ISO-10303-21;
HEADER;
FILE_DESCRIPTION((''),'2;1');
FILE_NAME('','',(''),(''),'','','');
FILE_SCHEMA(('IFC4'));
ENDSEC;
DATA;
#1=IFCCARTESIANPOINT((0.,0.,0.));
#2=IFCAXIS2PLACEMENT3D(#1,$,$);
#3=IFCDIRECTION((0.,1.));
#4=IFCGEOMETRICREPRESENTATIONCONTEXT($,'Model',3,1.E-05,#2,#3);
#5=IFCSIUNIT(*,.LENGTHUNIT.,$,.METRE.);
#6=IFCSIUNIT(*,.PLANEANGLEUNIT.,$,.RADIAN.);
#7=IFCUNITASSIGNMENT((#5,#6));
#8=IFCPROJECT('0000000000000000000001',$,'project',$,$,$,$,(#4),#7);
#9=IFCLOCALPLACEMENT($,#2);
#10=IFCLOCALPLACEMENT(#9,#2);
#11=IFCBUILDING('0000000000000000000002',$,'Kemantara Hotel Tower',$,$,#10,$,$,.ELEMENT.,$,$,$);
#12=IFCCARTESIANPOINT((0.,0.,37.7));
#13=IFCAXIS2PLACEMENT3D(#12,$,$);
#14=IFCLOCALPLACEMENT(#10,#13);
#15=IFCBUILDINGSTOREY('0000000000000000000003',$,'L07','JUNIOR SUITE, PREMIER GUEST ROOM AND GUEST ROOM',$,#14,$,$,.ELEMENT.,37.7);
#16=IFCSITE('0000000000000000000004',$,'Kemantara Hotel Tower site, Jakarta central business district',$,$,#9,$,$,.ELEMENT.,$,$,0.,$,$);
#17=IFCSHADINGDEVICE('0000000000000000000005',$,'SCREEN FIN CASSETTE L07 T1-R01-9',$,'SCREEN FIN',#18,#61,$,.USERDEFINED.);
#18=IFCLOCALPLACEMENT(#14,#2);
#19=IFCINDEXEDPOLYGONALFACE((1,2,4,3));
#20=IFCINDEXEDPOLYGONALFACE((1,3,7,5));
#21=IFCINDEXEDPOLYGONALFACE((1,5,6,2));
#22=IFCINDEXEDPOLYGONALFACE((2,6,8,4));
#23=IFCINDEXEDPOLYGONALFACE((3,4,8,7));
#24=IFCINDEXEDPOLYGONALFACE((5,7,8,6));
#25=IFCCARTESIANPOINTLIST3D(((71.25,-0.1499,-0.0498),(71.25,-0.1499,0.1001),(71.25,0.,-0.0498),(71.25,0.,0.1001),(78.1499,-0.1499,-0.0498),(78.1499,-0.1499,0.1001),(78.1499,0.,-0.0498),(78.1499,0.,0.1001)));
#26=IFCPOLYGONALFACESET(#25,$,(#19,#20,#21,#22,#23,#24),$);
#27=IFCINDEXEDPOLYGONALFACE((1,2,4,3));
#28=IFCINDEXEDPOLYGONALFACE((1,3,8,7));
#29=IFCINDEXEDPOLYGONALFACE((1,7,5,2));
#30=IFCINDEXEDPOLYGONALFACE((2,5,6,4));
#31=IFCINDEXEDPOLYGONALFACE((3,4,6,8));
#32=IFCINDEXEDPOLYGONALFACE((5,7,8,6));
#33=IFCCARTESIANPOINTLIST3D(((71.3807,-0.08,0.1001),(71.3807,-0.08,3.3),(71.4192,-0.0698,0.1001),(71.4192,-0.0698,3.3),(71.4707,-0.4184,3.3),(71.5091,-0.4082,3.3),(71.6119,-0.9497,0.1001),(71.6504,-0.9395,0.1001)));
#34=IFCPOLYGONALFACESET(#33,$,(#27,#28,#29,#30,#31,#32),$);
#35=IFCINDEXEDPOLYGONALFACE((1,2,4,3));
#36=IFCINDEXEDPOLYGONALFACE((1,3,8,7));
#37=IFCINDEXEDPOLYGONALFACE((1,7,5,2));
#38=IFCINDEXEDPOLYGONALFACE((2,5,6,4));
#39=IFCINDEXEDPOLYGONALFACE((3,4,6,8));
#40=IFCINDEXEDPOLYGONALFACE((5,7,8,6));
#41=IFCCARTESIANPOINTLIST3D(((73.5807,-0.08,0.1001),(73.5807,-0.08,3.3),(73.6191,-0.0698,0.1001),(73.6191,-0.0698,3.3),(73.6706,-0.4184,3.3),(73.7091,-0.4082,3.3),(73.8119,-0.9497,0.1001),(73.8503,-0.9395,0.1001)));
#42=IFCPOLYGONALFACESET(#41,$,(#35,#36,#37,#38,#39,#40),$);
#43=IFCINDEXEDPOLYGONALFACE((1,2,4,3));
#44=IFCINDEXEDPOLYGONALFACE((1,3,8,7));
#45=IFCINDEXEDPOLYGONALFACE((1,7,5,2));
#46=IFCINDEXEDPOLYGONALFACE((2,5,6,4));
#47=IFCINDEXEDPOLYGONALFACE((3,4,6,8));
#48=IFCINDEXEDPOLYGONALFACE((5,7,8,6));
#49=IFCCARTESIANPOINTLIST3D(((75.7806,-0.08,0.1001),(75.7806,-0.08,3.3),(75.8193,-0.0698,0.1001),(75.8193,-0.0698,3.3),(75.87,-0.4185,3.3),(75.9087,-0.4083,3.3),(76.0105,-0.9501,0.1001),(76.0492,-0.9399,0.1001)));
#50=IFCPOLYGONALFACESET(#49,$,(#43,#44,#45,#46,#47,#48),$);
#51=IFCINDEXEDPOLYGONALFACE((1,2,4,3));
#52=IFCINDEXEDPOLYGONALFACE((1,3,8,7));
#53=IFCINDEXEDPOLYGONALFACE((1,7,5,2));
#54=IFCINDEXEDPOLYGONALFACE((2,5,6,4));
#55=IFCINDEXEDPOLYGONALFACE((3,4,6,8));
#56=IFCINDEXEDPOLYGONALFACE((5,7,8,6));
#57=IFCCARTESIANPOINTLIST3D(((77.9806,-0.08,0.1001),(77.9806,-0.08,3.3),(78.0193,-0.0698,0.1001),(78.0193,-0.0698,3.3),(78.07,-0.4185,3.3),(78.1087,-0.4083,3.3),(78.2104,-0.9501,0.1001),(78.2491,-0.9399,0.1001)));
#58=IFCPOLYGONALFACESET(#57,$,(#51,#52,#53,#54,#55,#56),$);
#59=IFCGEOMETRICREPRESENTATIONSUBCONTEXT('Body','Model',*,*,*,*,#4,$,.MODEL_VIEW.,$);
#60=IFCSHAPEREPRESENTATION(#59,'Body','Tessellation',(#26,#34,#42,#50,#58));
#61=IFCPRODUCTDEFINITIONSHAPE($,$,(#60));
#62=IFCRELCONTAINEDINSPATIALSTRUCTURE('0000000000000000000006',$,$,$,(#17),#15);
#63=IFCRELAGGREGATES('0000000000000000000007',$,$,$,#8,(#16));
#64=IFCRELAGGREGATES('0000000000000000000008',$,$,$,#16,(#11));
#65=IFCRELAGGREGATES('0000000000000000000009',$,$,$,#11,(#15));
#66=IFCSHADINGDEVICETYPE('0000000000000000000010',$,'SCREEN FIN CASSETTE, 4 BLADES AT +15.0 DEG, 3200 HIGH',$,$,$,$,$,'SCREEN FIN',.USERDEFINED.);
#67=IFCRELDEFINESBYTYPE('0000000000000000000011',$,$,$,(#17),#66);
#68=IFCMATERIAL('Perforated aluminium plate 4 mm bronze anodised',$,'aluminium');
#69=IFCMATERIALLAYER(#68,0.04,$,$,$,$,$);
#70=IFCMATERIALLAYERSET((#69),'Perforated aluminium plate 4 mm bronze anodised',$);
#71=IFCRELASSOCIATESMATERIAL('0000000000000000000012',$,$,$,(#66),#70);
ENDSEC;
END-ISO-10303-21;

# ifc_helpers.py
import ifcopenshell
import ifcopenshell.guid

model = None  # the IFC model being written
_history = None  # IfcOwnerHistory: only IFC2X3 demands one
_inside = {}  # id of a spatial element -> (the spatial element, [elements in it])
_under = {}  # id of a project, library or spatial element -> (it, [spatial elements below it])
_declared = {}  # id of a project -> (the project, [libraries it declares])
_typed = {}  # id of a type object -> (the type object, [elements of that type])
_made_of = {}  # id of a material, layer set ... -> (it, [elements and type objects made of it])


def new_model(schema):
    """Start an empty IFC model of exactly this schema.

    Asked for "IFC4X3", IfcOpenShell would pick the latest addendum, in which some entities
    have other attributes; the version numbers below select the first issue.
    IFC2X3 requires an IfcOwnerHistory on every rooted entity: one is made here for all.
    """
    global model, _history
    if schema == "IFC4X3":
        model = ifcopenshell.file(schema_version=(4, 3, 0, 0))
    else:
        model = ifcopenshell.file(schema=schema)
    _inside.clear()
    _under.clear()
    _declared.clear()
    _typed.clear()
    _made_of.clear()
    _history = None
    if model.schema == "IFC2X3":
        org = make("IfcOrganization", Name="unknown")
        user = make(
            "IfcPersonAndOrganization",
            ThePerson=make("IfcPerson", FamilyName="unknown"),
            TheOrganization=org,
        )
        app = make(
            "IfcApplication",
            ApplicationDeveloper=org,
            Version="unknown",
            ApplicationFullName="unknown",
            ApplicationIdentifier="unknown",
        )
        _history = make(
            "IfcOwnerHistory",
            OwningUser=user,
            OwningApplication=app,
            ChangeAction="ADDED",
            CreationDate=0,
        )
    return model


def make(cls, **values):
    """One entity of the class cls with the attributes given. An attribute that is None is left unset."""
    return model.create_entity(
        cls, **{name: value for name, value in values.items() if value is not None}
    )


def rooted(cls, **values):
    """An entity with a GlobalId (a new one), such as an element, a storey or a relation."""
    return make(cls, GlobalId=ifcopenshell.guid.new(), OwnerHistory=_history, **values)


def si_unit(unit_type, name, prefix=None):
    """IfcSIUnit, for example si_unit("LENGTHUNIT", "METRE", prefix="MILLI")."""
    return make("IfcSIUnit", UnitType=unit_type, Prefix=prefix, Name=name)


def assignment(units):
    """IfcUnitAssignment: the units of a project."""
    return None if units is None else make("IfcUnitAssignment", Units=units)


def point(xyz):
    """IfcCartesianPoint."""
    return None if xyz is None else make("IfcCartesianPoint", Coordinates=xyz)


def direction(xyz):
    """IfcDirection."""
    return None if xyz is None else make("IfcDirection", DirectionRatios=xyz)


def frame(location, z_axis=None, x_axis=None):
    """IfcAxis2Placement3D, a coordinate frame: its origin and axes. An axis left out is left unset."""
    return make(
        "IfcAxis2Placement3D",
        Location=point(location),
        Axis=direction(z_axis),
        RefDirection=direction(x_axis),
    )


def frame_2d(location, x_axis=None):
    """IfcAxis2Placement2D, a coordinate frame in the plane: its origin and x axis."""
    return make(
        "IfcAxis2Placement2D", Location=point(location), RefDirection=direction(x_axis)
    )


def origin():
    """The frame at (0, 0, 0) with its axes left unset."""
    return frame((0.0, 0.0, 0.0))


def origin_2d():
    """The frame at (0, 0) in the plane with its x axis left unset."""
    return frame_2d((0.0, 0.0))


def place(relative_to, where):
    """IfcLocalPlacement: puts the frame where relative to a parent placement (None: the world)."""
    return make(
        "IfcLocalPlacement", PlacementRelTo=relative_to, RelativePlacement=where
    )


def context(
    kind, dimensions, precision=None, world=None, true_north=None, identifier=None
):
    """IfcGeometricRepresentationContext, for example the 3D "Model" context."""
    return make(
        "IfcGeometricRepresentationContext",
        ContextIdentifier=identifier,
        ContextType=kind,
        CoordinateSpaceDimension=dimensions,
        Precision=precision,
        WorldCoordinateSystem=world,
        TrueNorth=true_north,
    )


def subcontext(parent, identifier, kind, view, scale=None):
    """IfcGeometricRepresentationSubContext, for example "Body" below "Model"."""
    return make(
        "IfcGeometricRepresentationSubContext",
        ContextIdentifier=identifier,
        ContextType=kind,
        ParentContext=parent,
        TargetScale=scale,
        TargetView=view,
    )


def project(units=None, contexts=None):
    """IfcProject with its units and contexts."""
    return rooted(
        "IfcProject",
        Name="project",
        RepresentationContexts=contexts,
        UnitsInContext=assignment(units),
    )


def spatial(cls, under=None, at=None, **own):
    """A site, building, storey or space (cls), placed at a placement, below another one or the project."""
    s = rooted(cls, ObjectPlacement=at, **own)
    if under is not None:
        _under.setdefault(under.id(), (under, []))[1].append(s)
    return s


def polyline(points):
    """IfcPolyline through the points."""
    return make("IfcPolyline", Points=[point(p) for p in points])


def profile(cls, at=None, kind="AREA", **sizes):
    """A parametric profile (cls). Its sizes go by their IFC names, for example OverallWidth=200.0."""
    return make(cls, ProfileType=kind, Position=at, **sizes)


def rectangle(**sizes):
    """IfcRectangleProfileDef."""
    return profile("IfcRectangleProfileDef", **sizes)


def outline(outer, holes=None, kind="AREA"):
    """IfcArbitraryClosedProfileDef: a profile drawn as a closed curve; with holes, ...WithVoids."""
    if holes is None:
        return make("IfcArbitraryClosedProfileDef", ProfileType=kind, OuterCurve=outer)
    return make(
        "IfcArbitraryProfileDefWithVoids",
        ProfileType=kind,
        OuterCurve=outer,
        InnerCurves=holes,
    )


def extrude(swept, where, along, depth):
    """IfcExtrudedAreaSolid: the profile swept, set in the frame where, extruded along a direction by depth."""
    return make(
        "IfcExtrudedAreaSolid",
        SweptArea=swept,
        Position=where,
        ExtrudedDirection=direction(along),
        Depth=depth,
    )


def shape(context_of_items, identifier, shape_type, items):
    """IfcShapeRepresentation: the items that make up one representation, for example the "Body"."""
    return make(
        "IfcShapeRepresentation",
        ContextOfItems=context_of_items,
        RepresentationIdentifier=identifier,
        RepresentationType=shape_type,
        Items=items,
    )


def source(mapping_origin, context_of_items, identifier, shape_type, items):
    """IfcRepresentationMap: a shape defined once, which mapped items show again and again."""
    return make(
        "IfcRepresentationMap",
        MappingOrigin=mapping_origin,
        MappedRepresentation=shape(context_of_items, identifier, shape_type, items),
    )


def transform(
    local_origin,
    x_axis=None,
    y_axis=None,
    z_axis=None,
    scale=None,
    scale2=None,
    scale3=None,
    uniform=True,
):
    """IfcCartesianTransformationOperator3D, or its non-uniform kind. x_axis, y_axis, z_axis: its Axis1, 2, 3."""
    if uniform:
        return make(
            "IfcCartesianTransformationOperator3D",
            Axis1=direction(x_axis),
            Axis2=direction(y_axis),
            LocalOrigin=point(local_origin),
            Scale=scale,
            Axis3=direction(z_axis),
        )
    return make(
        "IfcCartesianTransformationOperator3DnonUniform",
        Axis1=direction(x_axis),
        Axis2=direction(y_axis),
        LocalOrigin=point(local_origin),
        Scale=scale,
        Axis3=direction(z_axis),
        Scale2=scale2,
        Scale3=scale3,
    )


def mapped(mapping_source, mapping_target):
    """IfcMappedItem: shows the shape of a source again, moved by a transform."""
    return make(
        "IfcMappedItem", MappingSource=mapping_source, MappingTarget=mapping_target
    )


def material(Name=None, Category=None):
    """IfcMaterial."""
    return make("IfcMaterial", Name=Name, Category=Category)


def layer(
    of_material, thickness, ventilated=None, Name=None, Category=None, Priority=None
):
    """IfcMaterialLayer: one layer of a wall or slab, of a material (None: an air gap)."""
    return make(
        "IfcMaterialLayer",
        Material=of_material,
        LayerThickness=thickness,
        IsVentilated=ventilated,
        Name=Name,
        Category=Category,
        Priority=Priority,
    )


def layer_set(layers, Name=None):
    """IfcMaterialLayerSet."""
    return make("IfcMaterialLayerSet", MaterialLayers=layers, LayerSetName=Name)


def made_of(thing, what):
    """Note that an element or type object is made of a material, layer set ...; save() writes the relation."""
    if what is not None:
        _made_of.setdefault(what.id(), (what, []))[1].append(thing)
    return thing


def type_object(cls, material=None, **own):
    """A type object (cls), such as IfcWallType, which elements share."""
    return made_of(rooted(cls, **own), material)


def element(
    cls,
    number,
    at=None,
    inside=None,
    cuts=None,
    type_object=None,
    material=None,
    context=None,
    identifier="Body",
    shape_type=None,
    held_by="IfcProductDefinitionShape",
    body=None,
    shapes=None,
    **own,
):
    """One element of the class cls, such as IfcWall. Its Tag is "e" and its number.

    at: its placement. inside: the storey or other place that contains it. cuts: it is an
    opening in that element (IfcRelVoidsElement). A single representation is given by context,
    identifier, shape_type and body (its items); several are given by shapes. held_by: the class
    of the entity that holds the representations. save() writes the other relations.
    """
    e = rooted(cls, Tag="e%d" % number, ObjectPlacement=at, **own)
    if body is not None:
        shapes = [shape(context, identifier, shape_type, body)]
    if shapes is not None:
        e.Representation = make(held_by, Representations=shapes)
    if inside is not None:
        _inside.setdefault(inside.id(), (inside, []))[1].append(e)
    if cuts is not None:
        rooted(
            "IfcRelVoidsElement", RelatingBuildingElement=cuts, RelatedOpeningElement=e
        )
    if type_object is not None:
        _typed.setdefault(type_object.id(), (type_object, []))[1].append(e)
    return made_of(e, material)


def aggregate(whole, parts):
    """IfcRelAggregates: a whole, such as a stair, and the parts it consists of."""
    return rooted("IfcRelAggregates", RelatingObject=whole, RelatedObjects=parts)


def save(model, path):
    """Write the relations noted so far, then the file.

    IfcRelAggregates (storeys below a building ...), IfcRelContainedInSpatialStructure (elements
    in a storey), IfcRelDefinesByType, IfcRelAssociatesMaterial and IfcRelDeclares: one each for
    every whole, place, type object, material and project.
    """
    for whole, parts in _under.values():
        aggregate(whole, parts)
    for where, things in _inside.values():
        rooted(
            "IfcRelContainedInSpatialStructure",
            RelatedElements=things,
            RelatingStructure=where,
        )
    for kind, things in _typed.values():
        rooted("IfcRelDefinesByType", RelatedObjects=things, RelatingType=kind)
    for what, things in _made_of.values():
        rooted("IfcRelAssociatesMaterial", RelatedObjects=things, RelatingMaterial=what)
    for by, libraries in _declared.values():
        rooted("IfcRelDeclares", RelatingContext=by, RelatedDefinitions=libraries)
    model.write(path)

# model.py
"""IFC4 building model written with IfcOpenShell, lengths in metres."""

from ifc_helpers import new_model, si_unit, direction, frame, origin, origin_2d, place, context, subcontext, project, spatial, polyline, rectangle, outline, extrude, source, transform, mapped, material, layer, layer_set, type_object, element, save


model = new_model("IFC4")

# Units and contexts
model_context = context("Model", 3, precision=1e-05, world=origin(), true_north=direction((0.0, 1.0)))
body_context = subcontext(model_context, "Body", "Model", "MODEL_VIEW")
ifc_project = project(units=[si_unit("LENGTHUNIT", "METRE"), si_unit("PLANEANGLEUNIT", "RADIAN")], contexts=[model_context])

# Site, building, storey
site_placement = place(None, origin())
site = spatial("IfcSite", under=ifc_project, at=site_placement, Name="Kemantara Hotel Tower site, Jakarta central business district", CompositionType="ELEMENT", RefElevation=0.0)
building_placement = place(site_placement, origin())
building = spatial("IfcBuilding", under=site, at=building_placement, Name="Kemantara Hotel Tower", CompositionType="ELEMENT")
storey_placement = place(building_placement, frame((0.0, 0.0, 37.7)))
storey = spatial("IfcBuildingStorey", under=building, at=storey_placement, Name="L07", Description="JUNIOR SUITE, PREMIER GUEST ROOM AND GUEST ROOM", CompositionType="ELEMENT", Elevation=37.7)

# Shading device
ifc_material_1 = material(Name="Perforated aluminium plate 4 mm bronze anodised", Category="aluminium")
ifc_layer_1 = layer(ifc_material_1, 0.04)
ifc_layer_set_1 = layer_set([ifc_layer_1], Name="Perforated aluminium plate 4 mm bronze anodised")
shading_device_type_1 = type_object("IfcShadingDeviceType", Name="SCREEN FIN CASSETTE, 4 BLADES AT +15.0 DEG, 3200 HIGH", ElementType="SCREEN FIN", PredefinedType="USERDEFINED", material=ifc_layer_set_1)
shared_shape_1 = source(origin(), body_context, "Body", "SweptSolid", [
    extrude(rectangle(XDim=6.8999, YDim=0.1499, at=origin_2d()), frame((3.3, -0.075, -0.1499), z_axis=(0.0, 0.0, 1.0), x_axis=(1.0, 0.0, 0.0)), (0.0, 0.0, 1.0), 0.1499),
    extrude(outline(polyline([(0.0, 0.0), (0.8999, 0.0), (0.3501, 3.2), (0.0, 3.2), (0.0, 0.0)])), frame((0.0193, -0.0698, 0.0), z_axis=(-0.966438, -0.256901, 0.0), x_axis=(0.256901, -0.966438, 0.0)), (0.0, 0.0, 1.0), 0.0398),
    extrude(outline(polyline([(0.0, 0.0), (0.8999, 0.0), (0.3501, 3.2), (0.0, 3.2), (0.0, 0.0)])), frame((2.2192, -0.0698, 0.0), z_axis=(-0.966438, -0.256901, 0.0), x_axis=(0.256901, -0.966438, 0.0)), (0.0, 0.0, 1.0), 0.0398),
    extrude(outline(polyline([(0.0, 0.0), (0.8999, 0.0), (0.3501, 3.2), (0.0, 3.2), (0.0, 0.0)])), frame((4.4194, -0.0698, 0.0), z_axis=(-0.966838, -0.255391, 0.0), x_axis=(0.255391, -0.966838, 0.0)), (0.0, 0.0, 1.0), 0.04),
    extrude(outline(polyline([(0.0, 0.0), (0.8999, 0.0), (0.3501, 3.2), (0.0, 3.2), (0.0, 0.0)])), frame((6.6194, -0.0698, 0.0), z_axis=(-0.966838, -0.255391, 0.0), x_axis=(0.255391, -0.966838, 0.0)), (0.0, 0.0, 1.0), 0.04),
])
shading_device_1_placement = place(storey_placement, frame((71.3999, 0.0, 0.1001), z_axis=(0.0, 0.0, 1.0), x_axis=(1.0, 0.0, 0.0)))
element("IfcShadingDevice", 1, at=shading_device_1_placement, inside=storey, type_object=shading_device_type_1, Name="SCREEN FIN CASSETTE L07 T1-R01-9", ObjectType="SCREEN FIN", PredefinedType="USERDEFINED", context=body_context, shape_type="MappedRepresentation", body=[
    mapped(shared_shape_1, transform((0.0, 0.0, 0.0))),
])

save(model, "model.ifc")
